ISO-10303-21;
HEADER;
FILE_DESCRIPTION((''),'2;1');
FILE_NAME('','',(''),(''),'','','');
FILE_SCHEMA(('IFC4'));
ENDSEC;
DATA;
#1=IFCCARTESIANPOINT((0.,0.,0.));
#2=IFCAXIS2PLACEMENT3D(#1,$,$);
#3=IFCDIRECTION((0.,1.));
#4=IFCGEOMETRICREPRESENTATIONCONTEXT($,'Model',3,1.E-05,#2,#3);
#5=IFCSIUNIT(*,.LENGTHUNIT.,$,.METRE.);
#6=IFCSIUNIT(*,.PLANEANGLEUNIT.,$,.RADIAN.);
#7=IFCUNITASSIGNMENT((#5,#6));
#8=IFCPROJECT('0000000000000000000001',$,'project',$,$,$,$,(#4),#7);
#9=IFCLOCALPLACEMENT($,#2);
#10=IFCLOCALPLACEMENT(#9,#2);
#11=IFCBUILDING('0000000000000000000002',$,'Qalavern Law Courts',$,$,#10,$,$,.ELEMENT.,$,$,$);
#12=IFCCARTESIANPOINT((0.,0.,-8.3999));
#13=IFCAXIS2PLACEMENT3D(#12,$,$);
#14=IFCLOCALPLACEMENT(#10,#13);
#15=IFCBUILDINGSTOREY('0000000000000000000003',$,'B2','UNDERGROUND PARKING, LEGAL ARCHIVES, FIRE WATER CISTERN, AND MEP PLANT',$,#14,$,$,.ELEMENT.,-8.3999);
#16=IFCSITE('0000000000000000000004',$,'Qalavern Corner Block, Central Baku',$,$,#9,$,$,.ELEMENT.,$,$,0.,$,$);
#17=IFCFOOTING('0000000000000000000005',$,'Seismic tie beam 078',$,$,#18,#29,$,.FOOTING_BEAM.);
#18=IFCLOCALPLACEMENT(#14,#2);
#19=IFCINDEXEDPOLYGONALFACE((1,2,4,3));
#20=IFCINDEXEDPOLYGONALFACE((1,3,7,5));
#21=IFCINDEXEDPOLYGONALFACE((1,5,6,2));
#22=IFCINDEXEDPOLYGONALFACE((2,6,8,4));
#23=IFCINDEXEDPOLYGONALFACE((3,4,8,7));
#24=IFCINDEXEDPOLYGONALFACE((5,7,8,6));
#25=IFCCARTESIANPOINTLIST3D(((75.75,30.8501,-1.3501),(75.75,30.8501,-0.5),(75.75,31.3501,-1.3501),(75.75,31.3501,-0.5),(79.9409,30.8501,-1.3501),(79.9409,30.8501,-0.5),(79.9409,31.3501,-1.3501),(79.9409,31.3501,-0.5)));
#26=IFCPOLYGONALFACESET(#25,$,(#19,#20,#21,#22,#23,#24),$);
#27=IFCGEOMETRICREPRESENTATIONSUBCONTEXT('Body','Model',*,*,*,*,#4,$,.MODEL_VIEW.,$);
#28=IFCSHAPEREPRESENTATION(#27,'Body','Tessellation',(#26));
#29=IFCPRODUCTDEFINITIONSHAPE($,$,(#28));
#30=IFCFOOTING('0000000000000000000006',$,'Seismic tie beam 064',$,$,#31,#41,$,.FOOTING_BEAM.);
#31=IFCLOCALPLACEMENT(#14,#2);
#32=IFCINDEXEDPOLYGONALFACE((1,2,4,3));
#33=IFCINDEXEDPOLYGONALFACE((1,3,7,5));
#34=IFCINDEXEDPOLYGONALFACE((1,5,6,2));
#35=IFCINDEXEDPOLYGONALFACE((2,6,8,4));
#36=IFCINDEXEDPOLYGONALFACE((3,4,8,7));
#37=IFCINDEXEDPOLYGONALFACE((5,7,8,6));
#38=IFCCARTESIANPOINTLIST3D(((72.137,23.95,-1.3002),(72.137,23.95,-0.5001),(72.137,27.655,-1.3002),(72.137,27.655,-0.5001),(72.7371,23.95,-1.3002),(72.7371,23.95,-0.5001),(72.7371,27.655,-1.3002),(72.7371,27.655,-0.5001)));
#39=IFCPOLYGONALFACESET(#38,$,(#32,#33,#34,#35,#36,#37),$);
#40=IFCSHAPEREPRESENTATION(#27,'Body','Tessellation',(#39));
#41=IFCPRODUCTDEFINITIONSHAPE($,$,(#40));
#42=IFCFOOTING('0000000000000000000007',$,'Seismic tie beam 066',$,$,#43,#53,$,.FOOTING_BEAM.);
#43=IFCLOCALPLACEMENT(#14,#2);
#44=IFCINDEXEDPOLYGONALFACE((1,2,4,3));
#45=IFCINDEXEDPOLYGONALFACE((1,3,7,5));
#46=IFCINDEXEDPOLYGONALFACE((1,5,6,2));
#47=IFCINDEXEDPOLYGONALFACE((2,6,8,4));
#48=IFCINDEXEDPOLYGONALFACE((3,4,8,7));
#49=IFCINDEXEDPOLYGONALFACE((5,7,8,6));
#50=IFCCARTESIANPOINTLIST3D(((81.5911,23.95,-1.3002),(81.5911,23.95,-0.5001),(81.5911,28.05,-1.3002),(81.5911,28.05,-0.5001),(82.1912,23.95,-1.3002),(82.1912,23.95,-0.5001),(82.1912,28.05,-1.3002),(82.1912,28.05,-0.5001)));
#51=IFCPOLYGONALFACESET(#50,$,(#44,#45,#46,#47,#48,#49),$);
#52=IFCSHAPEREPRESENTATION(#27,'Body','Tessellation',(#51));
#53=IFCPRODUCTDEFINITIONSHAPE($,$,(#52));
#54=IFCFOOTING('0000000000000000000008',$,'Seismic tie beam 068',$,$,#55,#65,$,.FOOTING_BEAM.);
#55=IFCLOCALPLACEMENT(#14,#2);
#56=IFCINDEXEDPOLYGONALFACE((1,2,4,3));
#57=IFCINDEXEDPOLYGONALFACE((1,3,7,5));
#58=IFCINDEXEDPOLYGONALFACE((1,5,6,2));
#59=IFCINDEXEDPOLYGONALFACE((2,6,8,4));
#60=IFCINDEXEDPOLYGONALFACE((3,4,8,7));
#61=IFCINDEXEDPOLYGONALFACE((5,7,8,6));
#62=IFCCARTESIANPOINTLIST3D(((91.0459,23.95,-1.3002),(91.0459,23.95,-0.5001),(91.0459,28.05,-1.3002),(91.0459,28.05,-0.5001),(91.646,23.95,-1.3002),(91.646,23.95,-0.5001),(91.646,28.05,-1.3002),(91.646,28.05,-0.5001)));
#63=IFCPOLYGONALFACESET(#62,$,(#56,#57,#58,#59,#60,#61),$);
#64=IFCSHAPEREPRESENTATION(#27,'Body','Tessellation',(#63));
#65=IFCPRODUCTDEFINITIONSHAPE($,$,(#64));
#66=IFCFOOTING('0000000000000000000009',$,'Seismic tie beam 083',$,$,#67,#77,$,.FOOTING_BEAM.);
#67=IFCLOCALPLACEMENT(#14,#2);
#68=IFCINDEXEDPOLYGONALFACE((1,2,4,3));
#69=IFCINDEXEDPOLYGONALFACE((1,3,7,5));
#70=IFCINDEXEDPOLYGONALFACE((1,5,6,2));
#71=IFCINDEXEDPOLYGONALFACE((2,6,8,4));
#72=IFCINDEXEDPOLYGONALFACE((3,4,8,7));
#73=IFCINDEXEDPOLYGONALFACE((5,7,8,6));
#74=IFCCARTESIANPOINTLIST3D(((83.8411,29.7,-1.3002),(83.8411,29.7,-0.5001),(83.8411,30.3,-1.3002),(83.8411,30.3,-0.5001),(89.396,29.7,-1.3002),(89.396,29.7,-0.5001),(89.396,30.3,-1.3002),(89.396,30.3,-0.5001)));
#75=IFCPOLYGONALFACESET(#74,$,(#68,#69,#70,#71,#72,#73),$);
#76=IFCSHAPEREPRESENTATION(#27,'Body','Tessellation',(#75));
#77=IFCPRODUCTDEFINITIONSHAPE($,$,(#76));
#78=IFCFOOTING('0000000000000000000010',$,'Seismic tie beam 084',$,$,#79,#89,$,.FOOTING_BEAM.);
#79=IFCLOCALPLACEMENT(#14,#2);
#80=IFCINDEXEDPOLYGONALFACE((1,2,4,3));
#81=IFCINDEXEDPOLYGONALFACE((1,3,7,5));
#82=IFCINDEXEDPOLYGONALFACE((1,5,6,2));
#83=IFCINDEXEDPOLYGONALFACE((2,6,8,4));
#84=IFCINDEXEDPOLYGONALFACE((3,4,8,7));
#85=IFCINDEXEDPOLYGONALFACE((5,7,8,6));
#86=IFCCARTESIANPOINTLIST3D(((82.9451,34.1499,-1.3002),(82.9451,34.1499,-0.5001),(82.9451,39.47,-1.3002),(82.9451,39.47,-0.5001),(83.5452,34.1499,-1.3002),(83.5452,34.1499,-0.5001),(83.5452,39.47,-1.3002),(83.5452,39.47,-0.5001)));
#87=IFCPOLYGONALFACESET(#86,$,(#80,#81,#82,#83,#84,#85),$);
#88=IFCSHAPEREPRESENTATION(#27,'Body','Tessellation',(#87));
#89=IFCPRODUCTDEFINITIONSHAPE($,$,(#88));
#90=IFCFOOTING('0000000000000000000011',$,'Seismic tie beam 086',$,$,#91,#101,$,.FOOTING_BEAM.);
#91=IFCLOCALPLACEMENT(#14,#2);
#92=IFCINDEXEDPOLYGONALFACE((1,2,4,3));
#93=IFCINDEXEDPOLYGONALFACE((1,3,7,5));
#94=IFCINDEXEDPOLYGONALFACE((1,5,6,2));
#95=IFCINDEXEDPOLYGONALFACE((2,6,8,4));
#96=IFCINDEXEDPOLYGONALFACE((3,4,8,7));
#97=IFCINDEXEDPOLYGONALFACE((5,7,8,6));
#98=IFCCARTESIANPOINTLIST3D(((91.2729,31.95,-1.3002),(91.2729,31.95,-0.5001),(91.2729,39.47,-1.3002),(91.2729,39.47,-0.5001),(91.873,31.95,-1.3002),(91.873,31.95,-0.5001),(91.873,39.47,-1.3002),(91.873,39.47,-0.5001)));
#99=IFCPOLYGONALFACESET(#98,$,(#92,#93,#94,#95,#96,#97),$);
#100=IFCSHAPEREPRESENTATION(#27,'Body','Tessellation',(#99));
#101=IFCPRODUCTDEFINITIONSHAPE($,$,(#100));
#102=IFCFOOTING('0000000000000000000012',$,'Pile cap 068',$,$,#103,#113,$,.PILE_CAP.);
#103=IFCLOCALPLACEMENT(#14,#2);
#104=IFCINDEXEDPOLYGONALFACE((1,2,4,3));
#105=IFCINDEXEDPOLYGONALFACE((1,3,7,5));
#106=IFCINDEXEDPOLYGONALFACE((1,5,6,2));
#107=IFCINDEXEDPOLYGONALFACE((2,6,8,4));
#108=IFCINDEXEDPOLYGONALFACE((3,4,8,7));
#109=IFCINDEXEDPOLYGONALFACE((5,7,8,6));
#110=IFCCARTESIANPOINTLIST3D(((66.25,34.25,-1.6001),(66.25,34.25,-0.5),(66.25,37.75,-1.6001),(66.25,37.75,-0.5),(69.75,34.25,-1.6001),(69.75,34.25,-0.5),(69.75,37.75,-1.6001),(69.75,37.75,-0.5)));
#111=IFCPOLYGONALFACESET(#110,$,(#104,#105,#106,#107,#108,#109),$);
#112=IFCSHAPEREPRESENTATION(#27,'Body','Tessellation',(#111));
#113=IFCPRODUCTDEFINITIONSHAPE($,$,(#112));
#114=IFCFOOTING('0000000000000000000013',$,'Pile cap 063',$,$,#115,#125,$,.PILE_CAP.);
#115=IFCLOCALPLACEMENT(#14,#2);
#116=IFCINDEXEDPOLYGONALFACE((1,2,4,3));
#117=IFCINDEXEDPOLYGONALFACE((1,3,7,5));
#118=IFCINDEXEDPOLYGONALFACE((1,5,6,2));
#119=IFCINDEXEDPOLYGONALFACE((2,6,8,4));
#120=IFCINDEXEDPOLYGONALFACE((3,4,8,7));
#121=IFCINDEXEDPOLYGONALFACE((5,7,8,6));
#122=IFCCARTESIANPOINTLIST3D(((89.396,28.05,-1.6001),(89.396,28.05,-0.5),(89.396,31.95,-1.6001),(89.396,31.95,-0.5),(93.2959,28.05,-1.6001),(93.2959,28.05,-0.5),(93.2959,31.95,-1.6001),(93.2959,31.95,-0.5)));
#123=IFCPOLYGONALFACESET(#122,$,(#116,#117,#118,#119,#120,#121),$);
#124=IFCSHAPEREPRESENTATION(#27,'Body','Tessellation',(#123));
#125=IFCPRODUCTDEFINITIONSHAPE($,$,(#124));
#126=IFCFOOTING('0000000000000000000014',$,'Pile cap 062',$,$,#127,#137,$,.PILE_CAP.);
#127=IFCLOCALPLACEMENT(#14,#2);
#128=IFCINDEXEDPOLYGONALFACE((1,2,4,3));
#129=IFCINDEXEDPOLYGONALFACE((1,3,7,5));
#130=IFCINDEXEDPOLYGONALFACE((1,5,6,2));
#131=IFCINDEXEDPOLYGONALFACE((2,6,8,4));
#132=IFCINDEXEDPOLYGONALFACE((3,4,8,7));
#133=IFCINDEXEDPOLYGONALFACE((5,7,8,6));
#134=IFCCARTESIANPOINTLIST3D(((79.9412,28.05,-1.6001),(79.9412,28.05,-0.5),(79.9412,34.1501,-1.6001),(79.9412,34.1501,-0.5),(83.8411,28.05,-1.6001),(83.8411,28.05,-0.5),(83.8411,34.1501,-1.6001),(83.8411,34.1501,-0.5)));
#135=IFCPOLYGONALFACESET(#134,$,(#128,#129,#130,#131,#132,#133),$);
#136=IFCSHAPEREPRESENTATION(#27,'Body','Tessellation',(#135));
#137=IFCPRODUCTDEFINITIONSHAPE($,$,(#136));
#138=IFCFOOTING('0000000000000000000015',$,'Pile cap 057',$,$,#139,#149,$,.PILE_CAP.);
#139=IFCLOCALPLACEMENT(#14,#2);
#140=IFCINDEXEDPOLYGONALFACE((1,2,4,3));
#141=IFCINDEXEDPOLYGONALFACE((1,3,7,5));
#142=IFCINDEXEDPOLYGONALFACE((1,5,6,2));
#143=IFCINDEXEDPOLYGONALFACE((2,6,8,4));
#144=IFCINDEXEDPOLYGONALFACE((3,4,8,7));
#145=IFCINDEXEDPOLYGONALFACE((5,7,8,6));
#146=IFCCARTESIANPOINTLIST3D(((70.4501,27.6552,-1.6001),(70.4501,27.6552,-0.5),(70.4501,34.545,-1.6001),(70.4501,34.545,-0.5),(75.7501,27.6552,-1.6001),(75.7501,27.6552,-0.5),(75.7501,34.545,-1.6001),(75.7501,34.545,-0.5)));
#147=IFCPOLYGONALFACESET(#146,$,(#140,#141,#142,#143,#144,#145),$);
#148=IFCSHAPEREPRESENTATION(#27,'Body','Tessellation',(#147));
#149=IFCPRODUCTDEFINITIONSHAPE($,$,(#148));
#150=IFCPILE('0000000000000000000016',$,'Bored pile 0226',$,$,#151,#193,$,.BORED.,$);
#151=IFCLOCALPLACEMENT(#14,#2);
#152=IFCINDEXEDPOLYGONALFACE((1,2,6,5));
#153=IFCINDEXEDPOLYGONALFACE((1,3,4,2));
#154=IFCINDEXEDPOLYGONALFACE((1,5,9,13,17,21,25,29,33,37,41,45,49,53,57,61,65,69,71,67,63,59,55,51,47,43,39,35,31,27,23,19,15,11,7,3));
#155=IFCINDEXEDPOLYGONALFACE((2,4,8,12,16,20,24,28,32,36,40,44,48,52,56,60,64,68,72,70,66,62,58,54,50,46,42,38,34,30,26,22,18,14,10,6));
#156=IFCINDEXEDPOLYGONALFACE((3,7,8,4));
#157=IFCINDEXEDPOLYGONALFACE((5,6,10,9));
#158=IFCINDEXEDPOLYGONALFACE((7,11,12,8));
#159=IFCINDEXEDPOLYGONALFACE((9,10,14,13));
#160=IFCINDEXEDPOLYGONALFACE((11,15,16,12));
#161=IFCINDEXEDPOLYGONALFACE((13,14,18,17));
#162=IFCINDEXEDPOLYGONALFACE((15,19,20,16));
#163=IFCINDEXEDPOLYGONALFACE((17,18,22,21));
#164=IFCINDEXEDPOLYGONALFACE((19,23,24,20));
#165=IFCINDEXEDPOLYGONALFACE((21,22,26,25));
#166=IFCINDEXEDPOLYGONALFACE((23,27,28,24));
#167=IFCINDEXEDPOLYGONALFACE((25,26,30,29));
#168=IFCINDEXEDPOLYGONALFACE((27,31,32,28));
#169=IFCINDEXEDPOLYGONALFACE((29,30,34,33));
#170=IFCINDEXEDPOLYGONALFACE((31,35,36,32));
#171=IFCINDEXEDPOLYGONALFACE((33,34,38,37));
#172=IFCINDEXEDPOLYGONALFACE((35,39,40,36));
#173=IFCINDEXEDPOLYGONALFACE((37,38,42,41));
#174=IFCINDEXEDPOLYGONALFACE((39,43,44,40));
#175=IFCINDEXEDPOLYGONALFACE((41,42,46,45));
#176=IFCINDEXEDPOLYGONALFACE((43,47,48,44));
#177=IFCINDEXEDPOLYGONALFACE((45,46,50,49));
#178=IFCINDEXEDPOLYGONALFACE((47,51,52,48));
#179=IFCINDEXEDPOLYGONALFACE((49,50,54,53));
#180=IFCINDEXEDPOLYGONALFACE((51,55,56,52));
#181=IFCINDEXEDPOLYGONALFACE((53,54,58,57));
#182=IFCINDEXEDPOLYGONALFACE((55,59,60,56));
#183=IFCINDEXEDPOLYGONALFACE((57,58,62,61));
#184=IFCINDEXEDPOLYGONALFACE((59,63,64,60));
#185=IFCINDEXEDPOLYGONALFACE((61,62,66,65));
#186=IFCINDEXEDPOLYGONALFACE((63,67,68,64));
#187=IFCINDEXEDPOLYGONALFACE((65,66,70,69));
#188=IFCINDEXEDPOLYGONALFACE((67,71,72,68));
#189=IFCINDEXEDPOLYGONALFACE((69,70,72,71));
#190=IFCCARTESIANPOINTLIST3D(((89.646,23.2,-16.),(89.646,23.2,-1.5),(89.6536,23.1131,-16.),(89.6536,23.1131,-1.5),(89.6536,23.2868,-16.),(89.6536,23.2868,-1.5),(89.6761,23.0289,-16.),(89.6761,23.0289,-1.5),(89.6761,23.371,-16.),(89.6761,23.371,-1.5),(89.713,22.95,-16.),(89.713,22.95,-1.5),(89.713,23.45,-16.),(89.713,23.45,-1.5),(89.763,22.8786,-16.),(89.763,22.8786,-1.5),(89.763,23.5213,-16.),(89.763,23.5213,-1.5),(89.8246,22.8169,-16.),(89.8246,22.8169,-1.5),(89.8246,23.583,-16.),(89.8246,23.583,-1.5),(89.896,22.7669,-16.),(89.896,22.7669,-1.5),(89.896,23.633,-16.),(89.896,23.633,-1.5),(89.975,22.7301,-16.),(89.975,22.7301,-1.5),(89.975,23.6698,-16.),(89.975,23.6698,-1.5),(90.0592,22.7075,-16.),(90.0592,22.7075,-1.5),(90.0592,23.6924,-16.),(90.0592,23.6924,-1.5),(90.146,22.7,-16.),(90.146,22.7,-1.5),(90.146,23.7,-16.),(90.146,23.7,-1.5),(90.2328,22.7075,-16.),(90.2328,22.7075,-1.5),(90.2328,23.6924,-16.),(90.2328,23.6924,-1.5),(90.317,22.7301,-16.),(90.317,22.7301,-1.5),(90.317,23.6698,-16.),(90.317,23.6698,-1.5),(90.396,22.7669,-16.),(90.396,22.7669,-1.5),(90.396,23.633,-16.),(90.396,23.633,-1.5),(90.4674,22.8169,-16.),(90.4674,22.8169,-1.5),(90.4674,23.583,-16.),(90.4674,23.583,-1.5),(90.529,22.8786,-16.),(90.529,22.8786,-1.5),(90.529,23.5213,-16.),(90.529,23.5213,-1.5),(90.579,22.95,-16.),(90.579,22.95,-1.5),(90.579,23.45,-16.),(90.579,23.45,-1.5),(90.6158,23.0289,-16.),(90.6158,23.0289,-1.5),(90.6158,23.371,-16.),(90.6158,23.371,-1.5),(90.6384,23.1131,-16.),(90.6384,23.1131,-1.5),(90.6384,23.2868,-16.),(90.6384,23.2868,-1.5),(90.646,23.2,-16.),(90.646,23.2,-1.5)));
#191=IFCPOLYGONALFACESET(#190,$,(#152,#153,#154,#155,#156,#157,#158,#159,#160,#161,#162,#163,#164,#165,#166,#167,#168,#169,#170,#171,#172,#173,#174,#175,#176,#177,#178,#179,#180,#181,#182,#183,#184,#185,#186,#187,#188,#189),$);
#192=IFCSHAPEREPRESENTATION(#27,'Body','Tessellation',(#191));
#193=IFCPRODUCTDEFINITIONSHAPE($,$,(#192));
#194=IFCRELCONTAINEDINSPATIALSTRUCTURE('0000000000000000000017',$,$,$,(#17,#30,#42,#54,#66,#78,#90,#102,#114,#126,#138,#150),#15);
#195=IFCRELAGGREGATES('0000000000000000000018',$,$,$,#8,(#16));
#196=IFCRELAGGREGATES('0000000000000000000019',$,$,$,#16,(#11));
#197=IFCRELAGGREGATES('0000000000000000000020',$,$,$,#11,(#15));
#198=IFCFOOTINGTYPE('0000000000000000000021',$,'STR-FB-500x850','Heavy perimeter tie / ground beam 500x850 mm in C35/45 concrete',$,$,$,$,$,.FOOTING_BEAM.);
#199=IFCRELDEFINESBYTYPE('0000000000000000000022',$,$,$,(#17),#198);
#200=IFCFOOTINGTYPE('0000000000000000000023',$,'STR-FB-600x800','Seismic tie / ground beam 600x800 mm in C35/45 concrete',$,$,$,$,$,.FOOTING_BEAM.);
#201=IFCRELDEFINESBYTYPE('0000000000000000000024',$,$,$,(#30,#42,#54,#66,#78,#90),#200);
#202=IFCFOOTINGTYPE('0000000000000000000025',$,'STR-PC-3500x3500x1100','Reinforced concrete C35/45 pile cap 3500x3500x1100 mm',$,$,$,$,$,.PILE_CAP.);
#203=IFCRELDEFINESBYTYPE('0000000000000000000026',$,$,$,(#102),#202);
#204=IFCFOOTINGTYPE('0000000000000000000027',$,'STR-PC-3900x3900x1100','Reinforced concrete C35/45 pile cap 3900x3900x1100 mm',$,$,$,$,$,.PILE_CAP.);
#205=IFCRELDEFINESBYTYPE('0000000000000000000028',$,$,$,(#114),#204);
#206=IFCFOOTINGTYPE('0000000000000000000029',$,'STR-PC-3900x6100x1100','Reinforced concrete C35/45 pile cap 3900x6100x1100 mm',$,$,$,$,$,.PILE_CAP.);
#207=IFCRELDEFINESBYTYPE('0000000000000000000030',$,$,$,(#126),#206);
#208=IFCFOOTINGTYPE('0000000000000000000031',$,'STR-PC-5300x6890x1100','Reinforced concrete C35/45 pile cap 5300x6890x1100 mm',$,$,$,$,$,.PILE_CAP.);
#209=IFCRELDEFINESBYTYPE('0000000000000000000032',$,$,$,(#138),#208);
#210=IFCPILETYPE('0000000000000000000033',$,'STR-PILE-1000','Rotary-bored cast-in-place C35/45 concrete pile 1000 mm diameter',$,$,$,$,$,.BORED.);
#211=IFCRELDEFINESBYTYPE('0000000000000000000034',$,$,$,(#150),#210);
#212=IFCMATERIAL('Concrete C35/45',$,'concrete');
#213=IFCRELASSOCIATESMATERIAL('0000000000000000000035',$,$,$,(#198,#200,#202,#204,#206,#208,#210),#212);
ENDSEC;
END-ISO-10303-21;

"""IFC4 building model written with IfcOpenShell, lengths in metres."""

from ifc_helpers import new_model, si_unit, direction, frame, origin, origin_2d, place, context, subcontext, project, spatial, rectangle, circle, extrude, material, material_profile, profile_set, type_object, element, save


model = new_model("IFC4")

# Units and contexts
model_context = context("Model", 3, precision=1e-05, world=origin(), true_north=direction((0.0, 1.0)))
body_context = subcontext(model_context, "Body", "Model", "MODEL_VIEW")
ifc_project = project(units=[si_unit("LENGTHUNIT", "METRE"), si_unit("PLANEANGLEUNIT", "RADIAN")], contexts=[model_context])

# Site, building, storey
site_placement = place(None, origin())
site = spatial("IfcSite", under=ifc_project, at=site_placement, Name="Qalavern Corner Block, Central Baku", CompositionType="ELEMENT", RefElevation=0.0)
building_placement = place(site_placement, origin())
building = spatial("IfcBuilding", under=site, at=building_placement, Name="Qalavern Law Courts", CompositionType="ELEMENT")
storey_placement = place(building_placement, frame((0.0, 0.0, -8.3999)))
storey = spatial("IfcBuildingStorey", under=building, at=storey_placement, Name="B2", Description="UNDERGROUND PARKING, LEGAL ARCHIVES, FIRE WATER CISTERN, AND MEP PLANT", CompositionType="ELEMENT", Elevation=-8.3999)

# Footings
ifc_material_1 = material(Name="Concrete C35/45", Category="concrete")
ifc_material_profile_1 = material_profile(ifc_material_1, rectangle(XDim=0.5, YDim=0.8501, at=origin_2d()), Name="RC 500x850")
ifc_profile_set_1 = profile_set([ifc_material_profile_1], Name="Concrete C35/45")
footing_type_1 = type_object("IfcFootingType", Name="STR-FB-500x850", Description="Heavy perimeter tie / ground beam 500x850 mm in C35/45 concrete", PredefinedType="FOOTING_BEAM", material=ifc_profile_set_1)
footing_1_placement = place(storey_placement, frame((75.75, 31.1001, -0.925), z_axis=(1.0, 0.0, 0.0), x_axis=(0.0, 1.0, 0.0)))
element("IfcFooting", 1, at=footing_1_placement, inside=storey, type_object=footing_type_1, Name="Seismic tie beam 078", PredefinedType="FOOTING_BEAM", context=body_context, shape_type="SweptSolid", body=[
    extrude(rectangle(XDim=0.5, YDim=0.8501, at=origin_2d()), origin(), (0.0, 0.0, 1.0), 4.1909),
])
ifc_material_profile_2 = material_profile(ifc_material_1, rectangle(XDim=0.6001, YDim=0.8, at=origin_2d()), Name="RC 600x800")
ifc_profile_set_2 = profile_set([ifc_material_profile_2], Name="Concrete C35/45")
footing_type_2 = type_object("IfcFootingType", Name="STR-FB-600x800", Description="Seismic tie / ground beam 600x800 mm in C35/45 concrete", PredefinedType="FOOTING_BEAM", material=ifc_profile_set_2)
footing_2_placement = place(storey_placement, frame((72.437, 23.95, -0.9001), z_axis=(0.0, 1.0, 0.0), x_axis=(-1.0, 0.0, 0.0)))
element("IfcFooting", 2, at=footing_2_placement, inside=storey, type_object=footing_type_2, Name="Seismic tie beam 064", PredefinedType="FOOTING_BEAM", context=body_context, shape_type="SweptSolid", body=[
    extrude(rectangle(XDim=0.6001, YDim=0.8, at=origin_2d()), origin(), (0.0, 0.0, 1.0), 3.7051),
])
for number, where, z_axis, x_axis, name in (
    (3, (81.8911, 23.95, -0.9001), (0.0, 1.0, 0.0), (-1.0, 0.0, 0.0), "Seismic tie beam 066"),
    (4, (91.3459, 23.95, -0.9001), (0.0, 1.0, 0.0), (-1.0, 0.0, 0.0), "Seismic tie beam 068"),
):
    element("IfcFooting", number, at=place(storey_placement, frame(where, z_axis=z_axis, x_axis=x_axis)), inside=storey, type_object=footing_type_2, Name=name, PredefinedType="FOOTING_BEAM", context=body_context, shape_type="SweptSolid", body=[
        extrude(rectangle(XDim=0.6001, YDim=0.8, at=origin_2d()), origin(), (0.0, 0.0, 1.0), 4.1001),
    ])
footing_3_placement = place(storey_placement, frame((83.8411, 30.0, -0.9001), z_axis=(1.0, 0.0, 0.0), x_axis=(0.0, 1.0, 0.0)))
element("IfcFooting", 5, at=footing_3_placement, inside=storey, type_object=footing_type_2, Name="Seismic tie beam 083", PredefinedType="FOOTING_BEAM", context=body_context, shape_type="SweptSolid", body=[
    extrude(rectangle(XDim=0.6001, YDim=0.8, at=origin_2d()), origin(), (0.0, 0.0, 1.0), 5.5549),
])
footing_4_placement = place(storey_placement, frame((83.2451, 34.1499, -0.9001), z_axis=(0.0, 1.0, 0.0), x_axis=(-1.0, 0.0, 0.0)))
element("IfcFooting", 6, at=footing_4_placement, inside=storey, type_object=footing_type_2, Name="Seismic tie beam 084", PredefinedType="FOOTING_BEAM", context=body_context, shape_type="SweptSolid", body=[
    extrude(rectangle(XDim=0.6001, YDim=0.8, at=origin_2d()), origin(), (0.0, 0.0, 1.0), 5.3201),
])
footing_5_placement = place(storey_placement, frame((91.573, 31.95, -0.9001), z_axis=(0.0, 1.0, 0.0), x_axis=(-1.0, 0.0, 0.0)))
element("IfcFooting", 7, at=footing_5_placement, inside=storey, type_object=footing_type_2, Name="Seismic tie beam 086", PredefinedType="FOOTING_BEAM", context=body_context, shape_type="SweptSolid", body=[
    extrude(rectangle(XDim=0.6001, YDim=0.8, at=origin_2d()), origin(), (0.0, 0.0, 1.0), 7.52),
])
footing_type_3 = type_object("IfcFootingType", Name="STR-PC-3500x3500x1100", Description="Reinforced concrete C35/45 pile cap 3500x3500x1100 mm", PredefinedType="PILE_CAP", material=ifc_material_1)
footing_6_placement = place(storey_placement, frame((68.0, 36.0, -1.6001), z_axis=(0.0, 0.0, 1.0), x_axis=(1.0, 0.0, 0.0)))
element("IfcFooting", 8, at=footing_6_placement, inside=storey, type_object=footing_type_3, Name="Pile cap 068", PredefinedType="PILE_CAP", context=body_context, shape_type="SweptSolid", body=[
    extrude(rectangle(XDim=3.5, YDim=3.5, at=origin_2d()), origin(), (0.0, 0.0, 1.0), 1.1001),
])
footing_type_4 = type_object("IfcFootingType", Name="STR-PC-3900x3900x1100", Description="Reinforced concrete C35/45 pile cap 3900x3900x1100 mm", PredefinedType="PILE_CAP", material=ifc_material_1)
footing_7_placement = place(storey_placement, frame((91.3459, 30.0, -1.6001), z_axis=(0.0, 0.0, 1.0), x_axis=(1.0, 0.0, 0.0)))
element("IfcFooting", 9, at=footing_7_placement, inside=storey, type_object=footing_type_4, Name="Pile cap 063", PredefinedType="PILE_CAP", context=body_context, shape_type="SweptSolid", body=[
    extrude(rectangle(XDim=3.8999, YDim=3.8999, at=origin_2d()), origin(), (0.0, 0.0, 1.0), 1.1001),
])
footing_type_5 = type_object("IfcFootingType", Name="STR-PC-3900x6100x1100", Description="Reinforced concrete C35/45 pile cap 3900x6100x1100 mm", PredefinedType="PILE_CAP", material=ifc_material_1)
footing_8_placement = place(storey_placement, frame((81.8911, 31.1001, -1.6001), z_axis=(0.0, 0.0, 1.0), x_axis=(1.0, 0.0, 0.0)))
element("IfcFooting", 10, at=footing_8_placement, inside=storey, type_object=footing_type_5, Name="Pile cap 062", PredefinedType="PILE_CAP", context=body_context, shape_type="SweptSolid", body=[
    extrude(rectangle(XDim=3.8999, YDim=6.1001, at=origin_2d()), origin(), (0.0, 0.0, 1.0), 1.1001),
])
footing_type_6 = type_object("IfcFootingType", Name="STR-PC-5300x6890x1100", Description="Reinforced concrete C35/45 pile cap 5300x6890x1100 mm", PredefinedType="PILE_CAP", material=ifc_material_1)
footing_9_placement = place(storey_placement, frame((73.1001, 31.1001, -1.6001), z_axis=(0.0, 0.0, 1.0), x_axis=(1.0, 0.0, 0.0)))
element("IfcFooting", 11, at=footing_9_placement, inside=storey, type_object=footing_type_6, Name="Pile cap 057", PredefinedType="PILE_CAP", context=body_context, shape_type="SweptSolid", body=[
    extrude(rectangle(XDim=5.3, YDim=6.8899, at=origin_2d()), origin(), (0.0, 0.0, 1.0), 1.1001),
])

# Pile
ifc_material_profile_3 = material_profile(ifc_material_1, circle(Radius=0.5, at=origin_2d()), Name="BORED PILE 1000")
ifc_profile_set_3 = profile_set([ifc_material_profile_3], Name="Concrete C35/45")
pile_type_1 = type_object("IfcPileType", Name="STR-PILE-1000", Description="Rotary-bored cast-in-place C35/45 concrete pile 1000 mm diameter", PredefinedType="BORED", material=ifc_profile_set_3)
for number, where, z_axis, x_axis, name in (
    (12, (90.146, 23.2, -1.5), (0.0, 0.0, -1.0), (1.0, 0.0, 0.0), "Bored pile 0226"),
):
    element("IfcPile", number, at=place(storey_placement, frame(where, z_axis=z_axis, x_axis=x_axis)), inside=storey, type_object=pile_type_1, Name=name, PredefinedType="BORED", context=body_context, shape_type="SweptSolid", body=[
        extrude(circle(Radius=0.5, at=origin_2d()), origin(), (0.0, 0.0, 1.0), 14.5),
    ])

save(model, "model.ifc")
